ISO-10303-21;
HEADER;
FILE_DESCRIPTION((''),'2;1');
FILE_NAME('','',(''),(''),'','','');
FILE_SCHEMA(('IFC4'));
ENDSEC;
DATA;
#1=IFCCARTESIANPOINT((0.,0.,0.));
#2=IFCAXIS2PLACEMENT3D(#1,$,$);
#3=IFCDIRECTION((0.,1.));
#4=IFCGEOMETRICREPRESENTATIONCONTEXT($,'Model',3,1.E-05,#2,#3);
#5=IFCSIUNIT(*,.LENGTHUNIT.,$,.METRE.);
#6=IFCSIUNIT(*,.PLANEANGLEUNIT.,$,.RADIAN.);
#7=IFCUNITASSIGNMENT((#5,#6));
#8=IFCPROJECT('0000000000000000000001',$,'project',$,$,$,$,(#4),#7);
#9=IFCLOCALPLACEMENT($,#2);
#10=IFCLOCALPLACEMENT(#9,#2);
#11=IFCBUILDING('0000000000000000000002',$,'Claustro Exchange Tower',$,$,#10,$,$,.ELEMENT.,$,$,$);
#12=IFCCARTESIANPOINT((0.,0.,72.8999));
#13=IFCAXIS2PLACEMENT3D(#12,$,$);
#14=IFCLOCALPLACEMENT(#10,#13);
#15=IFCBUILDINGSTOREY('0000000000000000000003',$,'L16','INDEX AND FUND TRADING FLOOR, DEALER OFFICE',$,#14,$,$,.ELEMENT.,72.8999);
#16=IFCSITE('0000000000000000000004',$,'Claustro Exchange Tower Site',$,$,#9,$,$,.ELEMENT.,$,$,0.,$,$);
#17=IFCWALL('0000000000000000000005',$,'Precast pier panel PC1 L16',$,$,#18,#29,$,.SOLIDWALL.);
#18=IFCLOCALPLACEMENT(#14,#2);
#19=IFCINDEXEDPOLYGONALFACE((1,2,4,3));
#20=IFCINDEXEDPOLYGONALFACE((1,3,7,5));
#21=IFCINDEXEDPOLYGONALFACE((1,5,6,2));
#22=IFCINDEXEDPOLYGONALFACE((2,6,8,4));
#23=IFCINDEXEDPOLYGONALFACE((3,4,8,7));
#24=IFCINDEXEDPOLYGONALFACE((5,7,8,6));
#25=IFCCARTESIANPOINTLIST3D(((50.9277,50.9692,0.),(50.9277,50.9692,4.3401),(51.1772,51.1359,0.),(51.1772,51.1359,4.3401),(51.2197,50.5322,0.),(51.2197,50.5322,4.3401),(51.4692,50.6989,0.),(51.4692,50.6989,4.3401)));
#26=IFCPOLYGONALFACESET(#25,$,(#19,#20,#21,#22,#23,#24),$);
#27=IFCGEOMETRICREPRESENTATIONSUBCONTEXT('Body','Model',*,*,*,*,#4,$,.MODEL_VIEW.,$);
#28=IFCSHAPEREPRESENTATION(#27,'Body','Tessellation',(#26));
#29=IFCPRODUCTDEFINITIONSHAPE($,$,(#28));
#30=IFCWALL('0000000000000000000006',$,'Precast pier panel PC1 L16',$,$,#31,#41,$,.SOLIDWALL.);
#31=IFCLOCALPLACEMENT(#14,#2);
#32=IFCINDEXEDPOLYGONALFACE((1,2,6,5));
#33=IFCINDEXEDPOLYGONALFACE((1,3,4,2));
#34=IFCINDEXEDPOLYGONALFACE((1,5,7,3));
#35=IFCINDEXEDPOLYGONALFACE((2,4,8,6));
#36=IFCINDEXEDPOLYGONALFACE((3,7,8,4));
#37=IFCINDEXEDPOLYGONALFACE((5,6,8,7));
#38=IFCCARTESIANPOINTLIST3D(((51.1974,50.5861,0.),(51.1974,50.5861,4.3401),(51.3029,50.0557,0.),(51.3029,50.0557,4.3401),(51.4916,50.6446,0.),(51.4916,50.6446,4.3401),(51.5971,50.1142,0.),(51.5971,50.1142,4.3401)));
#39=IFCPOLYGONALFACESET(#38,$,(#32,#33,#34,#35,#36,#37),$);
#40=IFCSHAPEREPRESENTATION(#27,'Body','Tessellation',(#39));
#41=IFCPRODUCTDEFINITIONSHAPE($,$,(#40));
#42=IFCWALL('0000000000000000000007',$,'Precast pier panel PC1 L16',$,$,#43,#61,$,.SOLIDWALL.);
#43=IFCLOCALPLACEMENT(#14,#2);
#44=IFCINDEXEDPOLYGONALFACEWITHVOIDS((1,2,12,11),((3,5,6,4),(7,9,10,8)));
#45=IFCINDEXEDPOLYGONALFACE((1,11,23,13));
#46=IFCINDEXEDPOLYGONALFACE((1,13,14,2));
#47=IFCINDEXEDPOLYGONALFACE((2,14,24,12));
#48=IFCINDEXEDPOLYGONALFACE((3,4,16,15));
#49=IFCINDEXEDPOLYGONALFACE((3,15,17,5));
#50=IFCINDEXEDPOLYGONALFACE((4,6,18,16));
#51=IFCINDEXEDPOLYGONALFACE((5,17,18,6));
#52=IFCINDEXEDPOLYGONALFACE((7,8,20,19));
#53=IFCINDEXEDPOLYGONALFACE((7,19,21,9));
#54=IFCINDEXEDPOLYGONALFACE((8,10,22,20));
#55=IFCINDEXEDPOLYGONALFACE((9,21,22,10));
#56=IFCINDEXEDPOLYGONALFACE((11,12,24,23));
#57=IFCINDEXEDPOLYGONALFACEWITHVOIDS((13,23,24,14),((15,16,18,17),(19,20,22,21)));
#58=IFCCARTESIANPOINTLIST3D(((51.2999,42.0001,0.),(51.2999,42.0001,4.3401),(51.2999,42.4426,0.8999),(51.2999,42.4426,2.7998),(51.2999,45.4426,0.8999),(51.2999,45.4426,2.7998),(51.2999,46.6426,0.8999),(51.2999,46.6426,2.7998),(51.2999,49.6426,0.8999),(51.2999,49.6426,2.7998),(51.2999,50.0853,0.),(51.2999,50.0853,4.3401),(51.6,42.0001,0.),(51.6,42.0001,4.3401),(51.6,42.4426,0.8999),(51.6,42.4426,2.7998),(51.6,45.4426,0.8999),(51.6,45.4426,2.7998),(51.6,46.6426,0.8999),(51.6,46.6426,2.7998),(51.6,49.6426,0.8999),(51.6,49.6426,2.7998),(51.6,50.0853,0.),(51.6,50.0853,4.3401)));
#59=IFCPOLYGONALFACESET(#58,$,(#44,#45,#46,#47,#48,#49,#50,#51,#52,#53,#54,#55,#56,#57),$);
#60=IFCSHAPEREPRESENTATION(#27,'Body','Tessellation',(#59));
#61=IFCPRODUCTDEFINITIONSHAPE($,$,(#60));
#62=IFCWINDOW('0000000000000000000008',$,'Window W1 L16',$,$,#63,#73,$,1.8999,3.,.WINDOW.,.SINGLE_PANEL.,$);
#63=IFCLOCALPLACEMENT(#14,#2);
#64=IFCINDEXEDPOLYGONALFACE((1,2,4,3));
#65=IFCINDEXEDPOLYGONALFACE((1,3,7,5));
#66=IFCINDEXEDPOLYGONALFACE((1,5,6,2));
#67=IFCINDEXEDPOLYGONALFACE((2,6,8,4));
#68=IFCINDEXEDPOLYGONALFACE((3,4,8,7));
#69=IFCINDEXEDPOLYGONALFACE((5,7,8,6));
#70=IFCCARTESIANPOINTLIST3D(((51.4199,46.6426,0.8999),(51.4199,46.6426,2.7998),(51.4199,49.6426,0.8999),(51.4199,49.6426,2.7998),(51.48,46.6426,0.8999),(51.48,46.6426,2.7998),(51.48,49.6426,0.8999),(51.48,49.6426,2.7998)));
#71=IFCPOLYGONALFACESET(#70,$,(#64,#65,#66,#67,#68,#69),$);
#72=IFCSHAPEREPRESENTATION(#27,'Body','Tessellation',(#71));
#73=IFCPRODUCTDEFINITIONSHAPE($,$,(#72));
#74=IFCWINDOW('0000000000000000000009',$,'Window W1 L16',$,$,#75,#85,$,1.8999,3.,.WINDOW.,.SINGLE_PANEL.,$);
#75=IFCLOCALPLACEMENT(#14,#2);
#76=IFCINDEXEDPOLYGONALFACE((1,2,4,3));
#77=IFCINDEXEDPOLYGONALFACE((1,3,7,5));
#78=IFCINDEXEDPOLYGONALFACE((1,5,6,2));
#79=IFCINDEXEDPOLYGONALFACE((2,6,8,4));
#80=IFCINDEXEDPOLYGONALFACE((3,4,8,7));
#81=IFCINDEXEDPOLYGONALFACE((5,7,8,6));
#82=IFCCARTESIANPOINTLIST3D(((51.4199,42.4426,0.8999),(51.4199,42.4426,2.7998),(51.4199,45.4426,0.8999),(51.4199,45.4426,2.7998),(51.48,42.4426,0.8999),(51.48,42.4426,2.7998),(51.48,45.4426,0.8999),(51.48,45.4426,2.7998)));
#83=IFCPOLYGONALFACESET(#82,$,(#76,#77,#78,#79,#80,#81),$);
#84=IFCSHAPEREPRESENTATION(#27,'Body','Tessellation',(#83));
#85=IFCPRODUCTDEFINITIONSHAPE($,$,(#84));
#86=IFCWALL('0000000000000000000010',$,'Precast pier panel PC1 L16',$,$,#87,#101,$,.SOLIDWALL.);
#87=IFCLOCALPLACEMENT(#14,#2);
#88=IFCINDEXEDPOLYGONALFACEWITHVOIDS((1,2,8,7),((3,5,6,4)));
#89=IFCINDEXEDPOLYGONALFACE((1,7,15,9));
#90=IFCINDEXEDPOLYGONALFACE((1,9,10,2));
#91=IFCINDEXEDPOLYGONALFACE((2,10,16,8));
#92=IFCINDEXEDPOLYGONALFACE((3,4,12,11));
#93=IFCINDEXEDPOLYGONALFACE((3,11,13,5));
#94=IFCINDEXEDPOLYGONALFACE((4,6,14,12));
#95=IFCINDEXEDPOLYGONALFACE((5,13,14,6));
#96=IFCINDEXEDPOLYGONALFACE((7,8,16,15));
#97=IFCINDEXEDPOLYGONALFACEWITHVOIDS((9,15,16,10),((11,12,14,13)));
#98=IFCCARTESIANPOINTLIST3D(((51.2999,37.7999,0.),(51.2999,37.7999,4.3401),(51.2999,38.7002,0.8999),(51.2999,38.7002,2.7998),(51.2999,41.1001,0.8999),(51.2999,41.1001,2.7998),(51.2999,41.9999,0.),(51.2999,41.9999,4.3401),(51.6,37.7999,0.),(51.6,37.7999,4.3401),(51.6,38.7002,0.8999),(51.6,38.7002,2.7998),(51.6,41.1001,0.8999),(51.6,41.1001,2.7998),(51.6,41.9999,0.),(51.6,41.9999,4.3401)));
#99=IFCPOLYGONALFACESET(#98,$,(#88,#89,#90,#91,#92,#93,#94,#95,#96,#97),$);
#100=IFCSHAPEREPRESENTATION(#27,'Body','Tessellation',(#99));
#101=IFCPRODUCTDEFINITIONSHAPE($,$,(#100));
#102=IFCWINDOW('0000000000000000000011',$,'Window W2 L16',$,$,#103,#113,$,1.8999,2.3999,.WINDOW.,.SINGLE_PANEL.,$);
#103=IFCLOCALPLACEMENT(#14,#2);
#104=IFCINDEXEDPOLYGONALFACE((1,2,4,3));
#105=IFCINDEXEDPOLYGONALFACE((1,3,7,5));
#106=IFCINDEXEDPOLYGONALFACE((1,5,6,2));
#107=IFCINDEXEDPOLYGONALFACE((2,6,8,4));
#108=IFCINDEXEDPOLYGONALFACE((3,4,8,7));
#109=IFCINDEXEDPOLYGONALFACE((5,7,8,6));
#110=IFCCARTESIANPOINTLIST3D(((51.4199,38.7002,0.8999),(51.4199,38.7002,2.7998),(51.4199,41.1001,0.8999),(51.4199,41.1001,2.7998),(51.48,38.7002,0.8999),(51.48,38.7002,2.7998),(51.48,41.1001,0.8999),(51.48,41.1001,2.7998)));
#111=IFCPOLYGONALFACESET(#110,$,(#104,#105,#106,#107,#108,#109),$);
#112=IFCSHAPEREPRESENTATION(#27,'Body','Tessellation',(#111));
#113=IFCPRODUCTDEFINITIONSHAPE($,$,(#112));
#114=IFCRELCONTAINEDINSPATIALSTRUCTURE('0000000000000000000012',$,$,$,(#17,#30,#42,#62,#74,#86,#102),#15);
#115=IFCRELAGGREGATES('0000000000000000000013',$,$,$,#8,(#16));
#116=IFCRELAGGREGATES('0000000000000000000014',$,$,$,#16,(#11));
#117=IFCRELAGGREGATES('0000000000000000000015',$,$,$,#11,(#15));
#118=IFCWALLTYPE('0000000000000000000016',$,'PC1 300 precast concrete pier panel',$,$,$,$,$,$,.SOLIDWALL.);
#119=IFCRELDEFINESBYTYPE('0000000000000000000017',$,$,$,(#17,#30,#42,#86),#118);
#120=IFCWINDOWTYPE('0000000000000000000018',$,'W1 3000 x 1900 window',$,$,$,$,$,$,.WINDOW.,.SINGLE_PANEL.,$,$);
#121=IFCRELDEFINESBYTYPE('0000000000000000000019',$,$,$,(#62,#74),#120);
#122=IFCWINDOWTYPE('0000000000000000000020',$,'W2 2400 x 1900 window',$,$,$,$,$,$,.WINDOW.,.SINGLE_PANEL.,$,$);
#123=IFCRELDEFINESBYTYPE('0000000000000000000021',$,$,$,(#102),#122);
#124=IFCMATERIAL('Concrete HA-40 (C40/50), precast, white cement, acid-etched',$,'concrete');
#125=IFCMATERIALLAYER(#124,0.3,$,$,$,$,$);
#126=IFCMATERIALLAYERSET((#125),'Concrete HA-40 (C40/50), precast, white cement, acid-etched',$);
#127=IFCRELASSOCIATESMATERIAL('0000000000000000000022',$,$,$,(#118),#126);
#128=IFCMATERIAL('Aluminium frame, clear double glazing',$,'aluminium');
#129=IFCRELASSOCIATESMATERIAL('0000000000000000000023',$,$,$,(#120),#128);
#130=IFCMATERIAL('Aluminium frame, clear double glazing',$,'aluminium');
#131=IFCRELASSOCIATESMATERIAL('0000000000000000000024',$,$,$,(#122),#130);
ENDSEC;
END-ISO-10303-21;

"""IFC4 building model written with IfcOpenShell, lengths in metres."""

from ifc_helpers import new_model, si_unit, direction, frame, frame_2d, origin, place, context, subcontext, project, spatial, rectangle, extrude, material, layer, layer_set, type_object, element, fill, save


model = new_model("IFC4")

# Units and contexts
model_context = context("Model", 3, precision=1e-05, world=origin(), true_north=direction((0.0, 1.0)))
body_context = subcontext(model_context, "Body", "Model", "MODEL_VIEW")
ifc_project = project(units=[si_unit("LENGTHUNIT", "METRE"), si_unit("PLANEANGLEUNIT", "RADIAN")], contexts=[model_context])

# Site, building, storey
site_placement = place(None, origin())
site = spatial("IfcSite", under=ifc_project, at=site_placement, Name="Claustro Exchange Tower Site", CompositionType="ELEMENT", RefElevation=0.0)
building_placement = place(site_placement, origin())
building = spatial("IfcBuilding", under=site, at=building_placement, Name="Claustro Exchange Tower", CompositionType="ELEMENT")
storey_placement = place(building_placement, frame((0.0, 0.0, 72.8999)))
storey = spatial("IfcBuildingStorey", under=building, at=storey_placement, Name="L16", Description="INDEX AND FUND TRADING FLOOR, DEALER OFFICE", CompositionType="ELEMENT", Elevation=72.8999)

# Shared definitions
ifc_material_1 = material(Name="Concrete HA-40 (C40/50), precast, white cement, acid-etched", Category="concrete")
ifc_layer_1 = layer(ifc_material_1, 0.3)
ifc_layer_set_1 = layer_set([ifc_layer_1], Name="Concrete HA-40 (C40/50), precast, white cement, acid-etched")
wall_type_1 = type_object("IfcWallType", Name="PC1 300 precast concrete pier panel", PredefinedType="SOLIDWALL", material=ifc_layer_set_1)
ifc_material_2 = material(Name="Aluminium frame, clear double glazing", Category="aluminium")
window_type_1 = type_object("IfcWindowType", Name="W1 3000 x 1900 window", PartitioningType="SINGLE_PANEL", PredefinedType="WINDOW", material=ifc_material_2)

# Walls
for number, where, z_axis, x_axis, name in (
    (1, (51.0525, 51.0525, 0.0), (0.0, 0.0, 1.0), (0.555557, -0.831478, 0.0), "Precast pier panel PC1 L16"),
):
    element("IfcWall", number, at=place(storey_placement, frame(where, z_axis=z_axis, x_axis=x_axis)), inside=storey, type_object=wall_type_1, Name=name, PredefinedType="SOLIDWALL", context=body_context, shape_type="SweptSolid", body=[
        extrude(rectangle(XDim=0.5256, YDim=0.3, at=frame_2d((0.2627, 0.0))), origin(), (0.0, 0.0, 1.0), 4.3401),
    ])
wall_1_placement = place(storey_placement, frame((51.3445, 50.6155, 0.0), z_axis=(0.0, 0.0, 1.0), x_axis=(0.195074, -0.980789, 0.0)))
element("IfcWall", 2, at=wall_1_placement, inside=storey, type_object=wall_type_1, Name="Precast pier panel PC1 L16", PredefinedType="SOLIDWALL", context=body_context, shape_type="SweptSolid", body=[
    extrude(rectangle(XDim=0.5408, YDim=0.3, at=frame_2d((0.2705, 0.0))), origin(), (0.0, 0.0, 1.0), 4.3401),
])

# Wall, openings, windows
wall_2_placement = place(storey_placement, frame((51.45, 50.0852, 0.0), z_axis=(0.0, 0.0, 1.0), x_axis=(0.0, -1.0, 0.0)))
wall_2 = element("IfcWall", 3, at=wall_2_placement, inside=storey, type_object=wall_type_1, Name="Precast pier panel PC1 L16", PredefinedType="SOLIDWALL", context=body_context, shape_type="SweptSolid", body=[
    extrude(rectangle(XDim=8.0852, YDim=0.3, at=frame_2d((4.0425, 0.0))), origin(), (0.0, 0.0, 1.0), 4.3401),
])
opening_1_placement = place(wall_2_placement, frame((0.4426, 0.0, 0.8999)))
opening_1 = element("IfcOpeningElement", 4, at=opening_1_placement, cuts=wall_2, PredefinedType="OPENING", context=body_context, shape_type="SweptSolid", body=[
    extrude(rectangle(XDim=3.0, YDim=1.8999, at=frame_2d((1.5, 0.95))), frame((0.0, 0.1599, 0.0), z_axis=(0.0, -1.0, 0.0), x_axis=(1.0, 0.0, 0.0)), (0.0, 0.0, 1.0), 0.3201),
])
opening_2_placement = place(wall_2_placement, frame((4.6426, 0.0, 0.8999)))
opening_2 = element("IfcOpeningElement", 5, at=opening_2_placement, cuts=wall_2, PredefinedType="OPENING", context=body_context, shape_type="SweptSolid", body=[
    extrude(rectangle(XDim=3.0, YDim=1.8999, at=frame_2d((1.5, 0.95))), frame((0.0, 0.1599, 0.0), z_axis=(0.0, -1.0, 0.0), x_axis=(1.0, 0.0, 0.0)), (0.0, 0.0, 1.0), 0.3201),
])
window_1_placement = place(opening_1_placement, origin())
window_1 = element("IfcWindow", 6, at=window_1_placement, inside=storey, type_object=window_type_1, Name="Window W1 L16", OverallHeight=1.8999, OverallWidth=3.0, PartitioningType="SINGLE_PANEL", PredefinedType="WINDOW", context=body_context, shape_type="SweptSolid", body=[
    extrude(rectangle(XDim=3.0, YDim=1.8999, at=frame_2d((1.5, 0.95))), frame((0.0, 0.03, 0.0), z_axis=(0.0, -1.0, 0.0), x_axis=(1.0, 0.0, 0.0)), (0.0, 0.0, 1.0), 0.0601),
])
fill(opening_1, window_1)
window_2_placement = place(opening_2_placement, origin())
window_2 = element("IfcWindow", 7, at=window_2_placement, inside=storey, type_object=window_type_1, Name="Window W1 L16", OverallHeight=1.8999, OverallWidth=3.0, PartitioningType="SINGLE_PANEL", PredefinedType="WINDOW", context=body_context, shape_type="SweptSolid", body=[
    extrude(rectangle(XDim=3.0, YDim=1.8999, at=frame_2d((1.5, 0.95))), frame((0.0, 0.03, 0.0), z_axis=(0.0, -1.0, 0.0), x_axis=(1.0, 0.0, 0.0)), (0.0, 0.0, 1.0), 0.0601),
])
fill(opening_2, window_2)

# Wall, opening, window
wall_3_placement = place(storey_placement, frame((51.45, 42.0, 0.0), z_axis=(0.0, 0.0, 1.0), x_axis=(0.0, -1.0, 0.0)))
wall_3 = element("IfcWall", 8, at=wall_3_placement, inside=storey, type_object=wall_type_1, Name="Precast pier panel PC1 L16", PredefinedType="SOLIDWALL", context=body_context, shape_type="SweptSolid", body=[
    extrude(rectangle(XDim=4.2, YDim=0.3, at=frame_2d((2.1001, 0.0))), origin(), (0.0, 0.0, 1.0), 4.3401),
])
opening_3_placement = place(wall_3_placement, frame((0.8999, 0.0, 0.8999)))
opening_3 = element("IfcOpeningElement", 9, at=opening_3_placement, cuts=wall_3, PredefinedType="OPENING", context=body_context, shape_type="SweptSolid", body=[
    extrude(rectangle(XDim=2.3999, YDim=1.8999, at=frame_2d((1.2, 0.95))), frame((0.0, 0.1599, 0.0), z_axis=(0.0, -1.0, 0.0), x_axis=(1.0, 0.0, 0.0)), (0.0, 0.0, 1.0), 0.3201),
])
ifc_material_3 = material(Name="Aluminium frame, clear double glazing", Category="aluminium")
window_type_2 = type_object("IfcWindowType", Name="W2 2400 x 1900 window", PartitioningType="SINGLE_PANEL", PredefinedType="WINDOW", material=ifc_material_3)
window_3_placement = place(opening_3_placement, origin())
window_3 = element("IfcWindow", 10, at=window_3_placement, inside=storey, type_object=window_type_2, Name="Window W2 L16", OverallHeight=1.8999, OverallWidth=2.3999, PartitioningType="SINGLE_PANEL", PredefinedType="WINDOW", context=body_context, shape_type="SweptSolid", body=[
    extrude(rectangle(XDim=2.3999, YDim=1.8999, at=frame_2d((1.2, 0.95))), frame((0.0, 0.03, 0.0), z_axis=(0.0, -1.0, 0.0), x_axis=(1.0, 0.0, 0.0)), (0.0, 0.0, 1.0), 0.0601),
])
fill(opening_3, window_3)

save(model, "model.ifc")
